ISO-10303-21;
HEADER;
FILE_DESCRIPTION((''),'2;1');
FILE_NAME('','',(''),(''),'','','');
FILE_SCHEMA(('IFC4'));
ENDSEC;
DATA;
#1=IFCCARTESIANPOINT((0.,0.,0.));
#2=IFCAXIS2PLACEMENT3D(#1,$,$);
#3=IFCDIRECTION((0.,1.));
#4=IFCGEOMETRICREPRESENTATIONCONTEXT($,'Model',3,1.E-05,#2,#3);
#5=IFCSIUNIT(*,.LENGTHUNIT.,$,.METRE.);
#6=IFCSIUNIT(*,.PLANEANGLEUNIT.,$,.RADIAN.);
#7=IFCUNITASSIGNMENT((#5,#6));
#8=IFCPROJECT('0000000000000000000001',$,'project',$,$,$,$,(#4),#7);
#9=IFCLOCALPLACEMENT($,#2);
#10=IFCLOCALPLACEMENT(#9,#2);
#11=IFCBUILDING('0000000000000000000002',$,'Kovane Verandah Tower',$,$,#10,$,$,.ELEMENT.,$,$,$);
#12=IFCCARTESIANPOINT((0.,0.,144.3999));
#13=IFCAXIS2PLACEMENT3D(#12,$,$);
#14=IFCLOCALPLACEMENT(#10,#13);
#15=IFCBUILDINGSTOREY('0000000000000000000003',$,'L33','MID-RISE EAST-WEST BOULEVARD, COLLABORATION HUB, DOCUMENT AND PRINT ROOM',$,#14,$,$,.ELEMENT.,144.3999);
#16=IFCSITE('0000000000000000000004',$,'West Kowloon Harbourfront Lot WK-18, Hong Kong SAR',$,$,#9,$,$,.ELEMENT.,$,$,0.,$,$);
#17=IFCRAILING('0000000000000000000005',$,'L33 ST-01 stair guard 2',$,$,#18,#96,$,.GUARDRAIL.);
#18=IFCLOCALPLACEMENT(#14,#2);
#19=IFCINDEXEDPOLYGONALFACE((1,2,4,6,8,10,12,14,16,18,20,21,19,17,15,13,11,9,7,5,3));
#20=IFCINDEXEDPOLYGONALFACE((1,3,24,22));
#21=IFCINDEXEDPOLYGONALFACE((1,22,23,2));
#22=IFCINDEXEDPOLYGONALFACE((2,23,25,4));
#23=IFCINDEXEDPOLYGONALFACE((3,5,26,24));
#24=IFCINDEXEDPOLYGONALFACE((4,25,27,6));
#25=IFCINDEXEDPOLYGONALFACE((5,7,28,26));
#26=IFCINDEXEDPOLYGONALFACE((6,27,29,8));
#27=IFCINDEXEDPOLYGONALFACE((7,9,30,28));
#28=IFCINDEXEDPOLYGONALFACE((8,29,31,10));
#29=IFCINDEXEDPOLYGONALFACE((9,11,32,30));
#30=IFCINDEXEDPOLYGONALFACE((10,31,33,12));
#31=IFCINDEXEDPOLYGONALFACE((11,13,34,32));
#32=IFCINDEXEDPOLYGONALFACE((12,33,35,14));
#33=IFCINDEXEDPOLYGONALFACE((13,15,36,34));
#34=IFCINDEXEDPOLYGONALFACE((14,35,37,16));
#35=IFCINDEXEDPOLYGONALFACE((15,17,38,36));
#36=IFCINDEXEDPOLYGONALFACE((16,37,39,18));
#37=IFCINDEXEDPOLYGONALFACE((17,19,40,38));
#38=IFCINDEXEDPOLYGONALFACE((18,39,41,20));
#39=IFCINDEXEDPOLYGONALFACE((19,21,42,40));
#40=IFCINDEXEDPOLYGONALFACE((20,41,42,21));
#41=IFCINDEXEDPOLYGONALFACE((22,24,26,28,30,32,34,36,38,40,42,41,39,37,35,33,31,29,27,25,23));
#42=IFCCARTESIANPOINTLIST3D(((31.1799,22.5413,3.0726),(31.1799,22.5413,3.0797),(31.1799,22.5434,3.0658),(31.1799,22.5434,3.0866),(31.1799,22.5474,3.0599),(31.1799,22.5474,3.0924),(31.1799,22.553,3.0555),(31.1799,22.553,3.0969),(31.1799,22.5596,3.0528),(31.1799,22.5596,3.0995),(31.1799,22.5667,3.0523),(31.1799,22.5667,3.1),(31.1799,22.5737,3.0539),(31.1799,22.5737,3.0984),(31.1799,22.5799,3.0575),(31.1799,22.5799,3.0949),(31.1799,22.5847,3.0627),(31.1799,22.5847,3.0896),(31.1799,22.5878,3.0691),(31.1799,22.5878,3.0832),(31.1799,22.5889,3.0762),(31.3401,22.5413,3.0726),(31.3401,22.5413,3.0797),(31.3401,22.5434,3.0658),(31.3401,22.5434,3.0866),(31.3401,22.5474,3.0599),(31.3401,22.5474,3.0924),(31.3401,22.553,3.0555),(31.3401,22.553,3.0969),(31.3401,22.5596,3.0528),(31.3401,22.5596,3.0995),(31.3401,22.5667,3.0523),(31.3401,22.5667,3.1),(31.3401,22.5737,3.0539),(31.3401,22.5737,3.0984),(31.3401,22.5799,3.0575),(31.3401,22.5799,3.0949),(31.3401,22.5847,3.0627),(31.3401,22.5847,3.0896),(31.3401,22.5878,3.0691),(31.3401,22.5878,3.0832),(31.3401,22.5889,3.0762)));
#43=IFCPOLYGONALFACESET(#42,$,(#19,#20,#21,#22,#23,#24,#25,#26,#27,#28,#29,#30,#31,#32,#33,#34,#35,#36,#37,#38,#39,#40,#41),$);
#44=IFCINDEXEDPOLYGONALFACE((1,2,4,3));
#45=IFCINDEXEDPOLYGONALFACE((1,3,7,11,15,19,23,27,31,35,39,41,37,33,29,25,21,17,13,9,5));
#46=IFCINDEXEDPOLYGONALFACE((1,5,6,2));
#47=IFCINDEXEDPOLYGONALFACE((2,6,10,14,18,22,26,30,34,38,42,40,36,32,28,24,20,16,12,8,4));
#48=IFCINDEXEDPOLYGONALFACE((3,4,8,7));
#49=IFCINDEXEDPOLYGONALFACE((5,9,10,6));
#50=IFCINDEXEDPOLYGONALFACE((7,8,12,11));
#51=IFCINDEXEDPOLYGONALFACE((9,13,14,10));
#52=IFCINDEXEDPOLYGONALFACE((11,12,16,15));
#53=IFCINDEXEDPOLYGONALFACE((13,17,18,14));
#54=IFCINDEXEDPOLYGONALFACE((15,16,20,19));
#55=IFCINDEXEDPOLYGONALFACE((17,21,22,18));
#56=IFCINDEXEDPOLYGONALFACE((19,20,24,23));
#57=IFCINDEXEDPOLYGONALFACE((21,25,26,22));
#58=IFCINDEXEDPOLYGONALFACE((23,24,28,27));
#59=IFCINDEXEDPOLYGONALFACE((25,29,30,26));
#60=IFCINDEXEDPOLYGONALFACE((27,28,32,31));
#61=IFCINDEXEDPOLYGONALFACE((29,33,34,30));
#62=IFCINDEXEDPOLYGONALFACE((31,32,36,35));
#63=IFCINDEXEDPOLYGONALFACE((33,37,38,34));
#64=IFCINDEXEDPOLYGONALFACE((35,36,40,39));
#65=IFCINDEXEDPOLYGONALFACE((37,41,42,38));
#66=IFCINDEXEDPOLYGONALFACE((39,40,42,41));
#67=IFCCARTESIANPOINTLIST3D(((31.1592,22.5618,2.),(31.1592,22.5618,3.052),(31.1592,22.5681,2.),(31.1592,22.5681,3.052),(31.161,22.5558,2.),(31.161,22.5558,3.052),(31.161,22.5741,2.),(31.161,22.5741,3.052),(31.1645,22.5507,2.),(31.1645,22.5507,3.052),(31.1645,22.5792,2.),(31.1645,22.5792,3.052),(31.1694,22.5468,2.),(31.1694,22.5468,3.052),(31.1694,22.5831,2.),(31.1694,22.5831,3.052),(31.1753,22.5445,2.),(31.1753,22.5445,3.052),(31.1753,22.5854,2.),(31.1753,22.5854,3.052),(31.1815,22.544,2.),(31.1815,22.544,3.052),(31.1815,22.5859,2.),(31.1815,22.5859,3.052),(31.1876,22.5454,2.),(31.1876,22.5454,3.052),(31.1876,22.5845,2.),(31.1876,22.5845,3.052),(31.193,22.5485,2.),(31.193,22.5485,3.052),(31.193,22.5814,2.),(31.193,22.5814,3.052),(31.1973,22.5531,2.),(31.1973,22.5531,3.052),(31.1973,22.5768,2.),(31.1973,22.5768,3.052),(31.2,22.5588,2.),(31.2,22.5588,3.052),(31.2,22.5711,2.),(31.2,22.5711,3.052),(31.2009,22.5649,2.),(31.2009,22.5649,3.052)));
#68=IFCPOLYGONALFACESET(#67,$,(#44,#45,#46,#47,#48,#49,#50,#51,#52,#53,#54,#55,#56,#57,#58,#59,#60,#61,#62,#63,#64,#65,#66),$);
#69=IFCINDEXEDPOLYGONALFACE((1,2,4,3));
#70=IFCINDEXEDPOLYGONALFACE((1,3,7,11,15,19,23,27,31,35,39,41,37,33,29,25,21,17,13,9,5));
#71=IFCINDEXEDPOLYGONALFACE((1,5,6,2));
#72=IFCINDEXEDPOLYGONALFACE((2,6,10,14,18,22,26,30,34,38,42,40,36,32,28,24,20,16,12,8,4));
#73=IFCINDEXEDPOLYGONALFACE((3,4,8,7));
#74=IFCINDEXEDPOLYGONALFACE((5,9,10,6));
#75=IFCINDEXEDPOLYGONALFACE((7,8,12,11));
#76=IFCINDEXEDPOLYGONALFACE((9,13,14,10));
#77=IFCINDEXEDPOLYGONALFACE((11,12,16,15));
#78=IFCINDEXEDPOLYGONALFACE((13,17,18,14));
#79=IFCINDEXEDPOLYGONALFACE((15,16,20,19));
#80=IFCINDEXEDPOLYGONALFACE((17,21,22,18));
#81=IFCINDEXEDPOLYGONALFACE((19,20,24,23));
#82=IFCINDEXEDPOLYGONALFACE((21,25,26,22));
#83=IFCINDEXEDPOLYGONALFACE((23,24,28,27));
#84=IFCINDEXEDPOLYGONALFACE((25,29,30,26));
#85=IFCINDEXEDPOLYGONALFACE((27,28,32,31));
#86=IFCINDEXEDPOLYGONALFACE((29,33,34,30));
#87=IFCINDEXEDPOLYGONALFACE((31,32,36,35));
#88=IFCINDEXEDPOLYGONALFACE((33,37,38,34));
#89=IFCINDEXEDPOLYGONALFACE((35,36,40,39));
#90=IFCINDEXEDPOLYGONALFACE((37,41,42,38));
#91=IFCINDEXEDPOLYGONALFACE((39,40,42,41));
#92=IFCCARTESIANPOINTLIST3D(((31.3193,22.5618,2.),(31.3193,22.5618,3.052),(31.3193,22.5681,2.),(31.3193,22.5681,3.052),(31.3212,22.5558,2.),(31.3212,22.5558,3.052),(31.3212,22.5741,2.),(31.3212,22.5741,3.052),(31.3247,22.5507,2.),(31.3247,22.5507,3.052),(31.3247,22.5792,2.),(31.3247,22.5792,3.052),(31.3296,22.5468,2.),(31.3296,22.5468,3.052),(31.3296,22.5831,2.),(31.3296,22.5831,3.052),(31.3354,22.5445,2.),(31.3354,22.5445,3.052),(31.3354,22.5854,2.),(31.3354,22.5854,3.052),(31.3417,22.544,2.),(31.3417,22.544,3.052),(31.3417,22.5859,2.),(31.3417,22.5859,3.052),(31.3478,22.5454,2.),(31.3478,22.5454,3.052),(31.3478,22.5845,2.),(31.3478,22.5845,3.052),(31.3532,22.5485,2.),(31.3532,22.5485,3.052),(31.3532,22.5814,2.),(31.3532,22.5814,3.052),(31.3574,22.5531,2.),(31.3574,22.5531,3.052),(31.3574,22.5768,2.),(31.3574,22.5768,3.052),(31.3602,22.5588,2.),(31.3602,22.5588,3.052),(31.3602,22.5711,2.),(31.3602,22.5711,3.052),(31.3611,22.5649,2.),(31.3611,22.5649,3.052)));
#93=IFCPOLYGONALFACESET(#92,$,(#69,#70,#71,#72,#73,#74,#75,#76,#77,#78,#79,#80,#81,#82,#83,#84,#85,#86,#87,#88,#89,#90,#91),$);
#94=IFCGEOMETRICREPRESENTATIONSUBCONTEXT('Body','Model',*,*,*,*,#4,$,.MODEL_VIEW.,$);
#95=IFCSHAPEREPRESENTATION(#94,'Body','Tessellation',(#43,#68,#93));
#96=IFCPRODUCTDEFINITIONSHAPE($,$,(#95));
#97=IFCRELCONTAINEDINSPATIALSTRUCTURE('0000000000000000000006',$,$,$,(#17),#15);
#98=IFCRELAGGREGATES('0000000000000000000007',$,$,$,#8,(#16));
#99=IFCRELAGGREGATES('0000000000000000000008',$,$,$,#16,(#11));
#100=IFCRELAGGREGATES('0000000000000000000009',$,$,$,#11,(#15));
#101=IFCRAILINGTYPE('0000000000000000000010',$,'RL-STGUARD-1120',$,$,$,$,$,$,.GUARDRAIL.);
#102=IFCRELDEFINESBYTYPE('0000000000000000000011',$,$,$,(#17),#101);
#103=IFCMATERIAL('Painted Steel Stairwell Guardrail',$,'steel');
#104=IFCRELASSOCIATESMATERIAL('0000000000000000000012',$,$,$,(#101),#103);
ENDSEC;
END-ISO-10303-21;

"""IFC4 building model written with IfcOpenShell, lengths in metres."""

from ifc_helpers import new_model, si_unit, direction, frame, origin, origin_2d, place, context, subcontext, project, spatial, circle, extrude, material, type_object, element, save


model = new_model("IFC4")

# Units and contexts
model_context = context("Model", 3, precision=1e-05, world=origin(), true_north=direction((0.0, 1.0)))
body_context = subcontext(model_context, "Body", "Model", "MODEL_VIEW")
ifc_project = project(units=[si_unit("LENGTHUNIT", "METRE"), si_unit("PLANEANGLEUNIT", "RADIAN")], contexts=[model_context])

# Site, building, storey
site_placement = place(None, origin())
site = spatial("IfcSite", under=ifc_project, at=site_placement, Name="West Kowloon Harbourfront Lot WK-18, Hong Kong SAR", CompositionType="ELEMENT", RefElevation=0.0)
building_placement = place(site_placement, origin())
building = spatial("IfcBuilding", under=site, at=building_placement, Name="Kovane Verandah Tower", CompositionType="ELEMENT")
storey_placement = place(building_placement, frame((0.0, 0.0, 144.3999)))
storey = spatial("IfcBuildingStorey", under=building, at=storey_placement, Name="L33", Description="MID-RISE EAST-WEST BOULEVARD, COLLABORATION HUB, DOCUMENT AND PRINT ROOM", CompositionType="ELEMENT", Elevation=144.3999)

# Railing
ifc_material_1 = material(Name="Painted Steel Stairwell Guardrail", Category="steel")
railing_type_1 = type_object("IfcRailingType", Name="RL-STGUARD-1120", PredefinedType="GUARDRAIL", material=ifc_material_1)
railing_1_placement = place(storey_placement, frame((31.1799, 22.5649, 2.0)))
element("IfcRailing", 1, at=railing_1_placement, inside=storey, type_object=railing_type_1, Name="L33 ST-01 stair guard 2", PredefinedType="GUARDRAIL", context=body_context, shape_type="SweptSolid", body=[
    extrude(circle(Radius=0.0239, at=origin_2d()), frame((0.0, 0.0, 1.0762), z_axis=(1.0, 0.0, 0.0), x_axis=(0.0, 1.0, 0.0)), (0.0, 0.0, 1.0), 0.1602),
    extrude(circle(Radius=0.021, at=origin_2d()), origin(), (0.0, 0.0, 1.0), 1.052),
    extrude(circle(Radius=0.021, at=origin_2d()), frame((0.1602, 0.0, 0.0)), (0.0, 0.0, 1.0), 1.052),
])

save(model, "model.ifc")
